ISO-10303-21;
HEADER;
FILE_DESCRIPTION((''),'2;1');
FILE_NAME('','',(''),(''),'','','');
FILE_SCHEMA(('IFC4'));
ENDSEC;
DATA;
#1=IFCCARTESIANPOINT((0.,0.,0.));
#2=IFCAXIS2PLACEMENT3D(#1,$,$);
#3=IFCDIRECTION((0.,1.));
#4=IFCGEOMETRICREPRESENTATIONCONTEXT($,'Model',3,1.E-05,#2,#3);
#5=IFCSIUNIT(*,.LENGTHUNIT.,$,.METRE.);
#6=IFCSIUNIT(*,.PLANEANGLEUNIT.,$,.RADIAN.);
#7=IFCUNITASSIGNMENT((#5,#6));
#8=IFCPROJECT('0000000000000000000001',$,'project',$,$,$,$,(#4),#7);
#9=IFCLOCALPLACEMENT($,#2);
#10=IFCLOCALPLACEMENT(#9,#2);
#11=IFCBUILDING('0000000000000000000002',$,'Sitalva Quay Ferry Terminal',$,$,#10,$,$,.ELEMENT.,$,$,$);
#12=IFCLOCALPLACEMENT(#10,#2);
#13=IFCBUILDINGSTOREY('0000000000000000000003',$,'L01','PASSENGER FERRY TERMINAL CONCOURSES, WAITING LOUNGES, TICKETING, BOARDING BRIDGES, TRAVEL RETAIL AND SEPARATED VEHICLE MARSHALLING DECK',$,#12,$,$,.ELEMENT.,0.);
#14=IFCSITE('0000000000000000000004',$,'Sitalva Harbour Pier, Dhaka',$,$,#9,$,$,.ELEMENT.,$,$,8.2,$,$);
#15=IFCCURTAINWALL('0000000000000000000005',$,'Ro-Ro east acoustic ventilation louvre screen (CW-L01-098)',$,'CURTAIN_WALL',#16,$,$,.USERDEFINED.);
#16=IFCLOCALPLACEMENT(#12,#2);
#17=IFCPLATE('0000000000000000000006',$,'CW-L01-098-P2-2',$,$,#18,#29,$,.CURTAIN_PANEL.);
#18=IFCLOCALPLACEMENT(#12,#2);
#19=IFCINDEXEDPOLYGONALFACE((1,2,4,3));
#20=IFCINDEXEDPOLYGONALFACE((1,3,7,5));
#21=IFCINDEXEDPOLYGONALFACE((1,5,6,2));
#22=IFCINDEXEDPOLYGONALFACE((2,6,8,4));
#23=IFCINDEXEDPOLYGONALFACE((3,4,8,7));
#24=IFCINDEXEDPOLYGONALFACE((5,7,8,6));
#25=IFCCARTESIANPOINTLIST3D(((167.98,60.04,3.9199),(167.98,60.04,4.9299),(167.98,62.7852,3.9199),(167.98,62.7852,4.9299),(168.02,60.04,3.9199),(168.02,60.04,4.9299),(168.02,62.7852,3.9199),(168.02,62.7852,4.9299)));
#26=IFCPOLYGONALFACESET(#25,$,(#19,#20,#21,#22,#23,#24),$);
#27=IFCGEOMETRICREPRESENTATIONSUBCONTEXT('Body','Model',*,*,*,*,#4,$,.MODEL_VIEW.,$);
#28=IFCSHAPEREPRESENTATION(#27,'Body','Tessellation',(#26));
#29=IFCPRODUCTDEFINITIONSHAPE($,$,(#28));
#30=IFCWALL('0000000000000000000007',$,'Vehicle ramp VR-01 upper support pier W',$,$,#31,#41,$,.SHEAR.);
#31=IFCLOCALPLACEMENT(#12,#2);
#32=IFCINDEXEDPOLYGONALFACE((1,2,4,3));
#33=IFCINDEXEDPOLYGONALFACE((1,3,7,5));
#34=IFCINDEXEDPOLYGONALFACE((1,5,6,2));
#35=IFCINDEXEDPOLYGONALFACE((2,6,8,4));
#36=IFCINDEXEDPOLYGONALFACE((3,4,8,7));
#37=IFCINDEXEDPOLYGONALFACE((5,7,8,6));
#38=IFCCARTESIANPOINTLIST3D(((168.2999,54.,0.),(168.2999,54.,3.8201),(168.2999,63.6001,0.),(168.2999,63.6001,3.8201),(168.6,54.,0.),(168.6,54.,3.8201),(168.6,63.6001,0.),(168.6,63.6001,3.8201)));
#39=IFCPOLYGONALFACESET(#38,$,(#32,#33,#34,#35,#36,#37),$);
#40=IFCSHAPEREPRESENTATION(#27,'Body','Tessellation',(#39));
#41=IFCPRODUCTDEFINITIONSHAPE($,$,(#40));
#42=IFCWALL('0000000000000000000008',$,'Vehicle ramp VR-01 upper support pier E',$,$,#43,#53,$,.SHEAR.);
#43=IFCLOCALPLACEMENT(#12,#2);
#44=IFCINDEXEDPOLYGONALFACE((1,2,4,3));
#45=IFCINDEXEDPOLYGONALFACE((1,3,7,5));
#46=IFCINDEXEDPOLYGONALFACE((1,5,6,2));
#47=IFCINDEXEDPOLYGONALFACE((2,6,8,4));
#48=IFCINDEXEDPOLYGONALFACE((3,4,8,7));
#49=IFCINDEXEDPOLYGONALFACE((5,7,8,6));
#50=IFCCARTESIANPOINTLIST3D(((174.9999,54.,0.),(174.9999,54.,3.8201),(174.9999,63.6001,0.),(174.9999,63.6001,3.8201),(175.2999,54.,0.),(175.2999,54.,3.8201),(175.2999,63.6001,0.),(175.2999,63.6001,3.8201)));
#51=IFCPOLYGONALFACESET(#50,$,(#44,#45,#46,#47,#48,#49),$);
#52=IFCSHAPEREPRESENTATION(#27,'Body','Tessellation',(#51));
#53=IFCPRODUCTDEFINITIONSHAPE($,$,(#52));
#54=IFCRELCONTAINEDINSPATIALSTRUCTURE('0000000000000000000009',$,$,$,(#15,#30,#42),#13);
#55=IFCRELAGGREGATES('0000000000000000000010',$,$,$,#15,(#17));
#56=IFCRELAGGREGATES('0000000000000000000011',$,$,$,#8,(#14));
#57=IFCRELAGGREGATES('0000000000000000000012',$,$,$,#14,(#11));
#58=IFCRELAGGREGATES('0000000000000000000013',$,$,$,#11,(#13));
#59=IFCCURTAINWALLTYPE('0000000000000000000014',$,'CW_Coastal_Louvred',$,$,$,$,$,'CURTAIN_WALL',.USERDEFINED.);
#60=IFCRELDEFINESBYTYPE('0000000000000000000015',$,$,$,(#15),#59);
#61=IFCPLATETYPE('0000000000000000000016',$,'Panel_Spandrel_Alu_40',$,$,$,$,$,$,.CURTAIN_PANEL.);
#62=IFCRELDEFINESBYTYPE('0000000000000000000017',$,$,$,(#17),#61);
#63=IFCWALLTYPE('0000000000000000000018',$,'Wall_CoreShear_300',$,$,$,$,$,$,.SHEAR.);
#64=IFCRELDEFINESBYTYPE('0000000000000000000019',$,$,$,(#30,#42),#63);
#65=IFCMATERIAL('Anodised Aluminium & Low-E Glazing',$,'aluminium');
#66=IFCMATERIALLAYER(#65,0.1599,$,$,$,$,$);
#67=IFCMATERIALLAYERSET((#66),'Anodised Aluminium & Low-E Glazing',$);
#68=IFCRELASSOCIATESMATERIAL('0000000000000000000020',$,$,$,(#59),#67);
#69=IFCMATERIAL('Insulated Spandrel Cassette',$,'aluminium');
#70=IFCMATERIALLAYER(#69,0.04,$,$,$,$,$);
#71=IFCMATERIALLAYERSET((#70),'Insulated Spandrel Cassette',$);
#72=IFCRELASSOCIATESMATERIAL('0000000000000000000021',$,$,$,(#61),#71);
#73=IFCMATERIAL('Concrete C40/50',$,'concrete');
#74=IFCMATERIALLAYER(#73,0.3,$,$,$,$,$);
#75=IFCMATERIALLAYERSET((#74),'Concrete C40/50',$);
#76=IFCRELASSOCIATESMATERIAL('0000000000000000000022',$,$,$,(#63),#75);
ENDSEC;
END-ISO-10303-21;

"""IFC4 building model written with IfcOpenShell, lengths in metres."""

from ifc_helpers import new_model, si_unit, direction, frame, frame_2d, origin, origin_2d, place, context, subcontext, project, spatial, rectangle, extrude, material, layer, layer_set, type_object, element, aggregate, save


model = new_model("IFC4")

# Units and contexts
model_context = context("Model", 3, precision=1e-05, world=origin(), true_north=direction((0.0, 1.0)))
body_context = subcontext(model_context, "Body", "Model", "MODEL_VIEW")
ifc_project = project(units=[si_unit("LENGTHUNIT", "METRE"), si_unit("PLANEANGLEUNIT", "RADIAN")], contexts=[model_context])

# Site, building, storey
site_placement = place(None, origin())
site = spatial("IfcSite", under=ifc_project, at=site_placement, Name="Sitalva Harbour Pier, Dhaka", CompositionType="ELEMENT", RefElevation=8.2)
building_placement = place(site_placement, origin())
building = spatial("IfcBuilding", under=site, at=building_placement, Name="Sitalva Quay Ferry Terminal", CompositionType="ELEMENT")
storey_placement = place(building_placement, origin())
storey = spatial("IfcBuildingStorey", under=building, at=storey_placement, Name="L01", Description="PASSENGER FERRY TERMINAL CONCOURSES, WAITING LOUNGES, TICKETING, BOARDING BRIDGES, TRAVEL RETAIL AND SEPARATED VEHICLE MARSHALLING DECK", CompositionType="ELEMENT", Elevation=0.0)

# Curtain wall
ifc_material_1 = material(Name="Anodised Aluminium & Low-E Glazing", Category="aluminium")
ifc_layer_1 = layer(ifc_material_1, 0.1599)
ifc_layer_set_1 = layer_set([ifc_layer_1], Name="Anodised Aluminium & Low-E Glazing")
curtain_wall_type = type_object("IfcCurtainWallType", Name="CW_Coastal_Louvred", ElementType="CURTAIN_WALL", PredefinedType="USERDEFINED", material=ifc_layer_set_1)
curtain_wall_placement = place(storey_placement, origin())
curtain_wall = element("IfcCurtainWall", 1, at=curtain_wall_placement, inside=storey, type_object=curtain_wall_type, Name="Ro-Ro east acoustic ventilation louvre screen (CW-L01-098)", ObjectType="CURTAIN_WALL", PredefinedType="USERDEFINED")

# Plate
ifc_material_2 = material(Name="Insulated Spandrel Cassette", Category="aluminium")
ifc_layer_2 = layer(ifc_material_2, 0.04)
ifc_layer_set_2 = layer_set([ifc_layer_2], Name="Insulated Spandrel Cassette")
plate_type_1 = type_object("IfcPlateType", Name="Panel_Spandrel_Alu_40", PredefinedType="CURTAIN_PANEL", material=ifc_layer_set_2)
plate_1_placement = place(storey_placement, frame((168.0, 61.4126, 3.9199), z_axis=(0.0, 0.0, 1.0), x_axis=(0.0, 1.0, 0.0)))
plate_1 = element("IfcPlate", 2, at=plate_1_placement, type_object=plate_type_1, Name="CW-L01-098-P2-2", PredefinedType="CURTAIN_PANEL", context=body_context, shape_type="SweptSolid", body=[
    extrude(rectangle(XDim=2.7451, YDim=0.04, at=origin_2d()), origin(), (0.0, 0.0, 1.0), 1.01),
])
aggregate(curtain_wall, [plate_1])

# Walls
ifc_material_3 = material(Name="Concrete C40/50", Category="concrete")
ifc_layer_3 = layer(ifc_material_3, 0.3)
ifc_layer_set_3 = layer_set([ifc_layer_3], Name="Concrete C40/50")
wall_type = type_object("IfcWallType", Name="Wall_CoreShear_300", PredefinedType="SHEAR", material=ifc_layer_set_3)
for number, where, z_axis, x_axis, name in (
    (3, (168.45, 54.0, 0.0), (0.0, 0.0, 1.0), (0.0, 1.0, 0.0), "Vehicle ramp VR-01 upper support pier W"),
    (4, (175.1499, 54.0, 0.0), (0.0, 0.0, 1.0), (0.0, 1.0, 0.0), "Vehicle ramp VR-01 upper support pier E"),
):
    element("IfcWall", number, at=place(storey_placement, frame(where, z_axis=z_axis, x_axis=x_axis)), inside=storey, type_object=wall_type, Name=name, PredefinedType="SHEAR", context=body_context, shape_type="SweptSolid", body=[
        extrude(rectangle(XDim=9.6001, YDim=0.3, at=frame_2d((4.8, 0.0))), origin(), (0.0, 0.0, 1.0), 3.8201),
    ])

save(model, "model.ifc")
